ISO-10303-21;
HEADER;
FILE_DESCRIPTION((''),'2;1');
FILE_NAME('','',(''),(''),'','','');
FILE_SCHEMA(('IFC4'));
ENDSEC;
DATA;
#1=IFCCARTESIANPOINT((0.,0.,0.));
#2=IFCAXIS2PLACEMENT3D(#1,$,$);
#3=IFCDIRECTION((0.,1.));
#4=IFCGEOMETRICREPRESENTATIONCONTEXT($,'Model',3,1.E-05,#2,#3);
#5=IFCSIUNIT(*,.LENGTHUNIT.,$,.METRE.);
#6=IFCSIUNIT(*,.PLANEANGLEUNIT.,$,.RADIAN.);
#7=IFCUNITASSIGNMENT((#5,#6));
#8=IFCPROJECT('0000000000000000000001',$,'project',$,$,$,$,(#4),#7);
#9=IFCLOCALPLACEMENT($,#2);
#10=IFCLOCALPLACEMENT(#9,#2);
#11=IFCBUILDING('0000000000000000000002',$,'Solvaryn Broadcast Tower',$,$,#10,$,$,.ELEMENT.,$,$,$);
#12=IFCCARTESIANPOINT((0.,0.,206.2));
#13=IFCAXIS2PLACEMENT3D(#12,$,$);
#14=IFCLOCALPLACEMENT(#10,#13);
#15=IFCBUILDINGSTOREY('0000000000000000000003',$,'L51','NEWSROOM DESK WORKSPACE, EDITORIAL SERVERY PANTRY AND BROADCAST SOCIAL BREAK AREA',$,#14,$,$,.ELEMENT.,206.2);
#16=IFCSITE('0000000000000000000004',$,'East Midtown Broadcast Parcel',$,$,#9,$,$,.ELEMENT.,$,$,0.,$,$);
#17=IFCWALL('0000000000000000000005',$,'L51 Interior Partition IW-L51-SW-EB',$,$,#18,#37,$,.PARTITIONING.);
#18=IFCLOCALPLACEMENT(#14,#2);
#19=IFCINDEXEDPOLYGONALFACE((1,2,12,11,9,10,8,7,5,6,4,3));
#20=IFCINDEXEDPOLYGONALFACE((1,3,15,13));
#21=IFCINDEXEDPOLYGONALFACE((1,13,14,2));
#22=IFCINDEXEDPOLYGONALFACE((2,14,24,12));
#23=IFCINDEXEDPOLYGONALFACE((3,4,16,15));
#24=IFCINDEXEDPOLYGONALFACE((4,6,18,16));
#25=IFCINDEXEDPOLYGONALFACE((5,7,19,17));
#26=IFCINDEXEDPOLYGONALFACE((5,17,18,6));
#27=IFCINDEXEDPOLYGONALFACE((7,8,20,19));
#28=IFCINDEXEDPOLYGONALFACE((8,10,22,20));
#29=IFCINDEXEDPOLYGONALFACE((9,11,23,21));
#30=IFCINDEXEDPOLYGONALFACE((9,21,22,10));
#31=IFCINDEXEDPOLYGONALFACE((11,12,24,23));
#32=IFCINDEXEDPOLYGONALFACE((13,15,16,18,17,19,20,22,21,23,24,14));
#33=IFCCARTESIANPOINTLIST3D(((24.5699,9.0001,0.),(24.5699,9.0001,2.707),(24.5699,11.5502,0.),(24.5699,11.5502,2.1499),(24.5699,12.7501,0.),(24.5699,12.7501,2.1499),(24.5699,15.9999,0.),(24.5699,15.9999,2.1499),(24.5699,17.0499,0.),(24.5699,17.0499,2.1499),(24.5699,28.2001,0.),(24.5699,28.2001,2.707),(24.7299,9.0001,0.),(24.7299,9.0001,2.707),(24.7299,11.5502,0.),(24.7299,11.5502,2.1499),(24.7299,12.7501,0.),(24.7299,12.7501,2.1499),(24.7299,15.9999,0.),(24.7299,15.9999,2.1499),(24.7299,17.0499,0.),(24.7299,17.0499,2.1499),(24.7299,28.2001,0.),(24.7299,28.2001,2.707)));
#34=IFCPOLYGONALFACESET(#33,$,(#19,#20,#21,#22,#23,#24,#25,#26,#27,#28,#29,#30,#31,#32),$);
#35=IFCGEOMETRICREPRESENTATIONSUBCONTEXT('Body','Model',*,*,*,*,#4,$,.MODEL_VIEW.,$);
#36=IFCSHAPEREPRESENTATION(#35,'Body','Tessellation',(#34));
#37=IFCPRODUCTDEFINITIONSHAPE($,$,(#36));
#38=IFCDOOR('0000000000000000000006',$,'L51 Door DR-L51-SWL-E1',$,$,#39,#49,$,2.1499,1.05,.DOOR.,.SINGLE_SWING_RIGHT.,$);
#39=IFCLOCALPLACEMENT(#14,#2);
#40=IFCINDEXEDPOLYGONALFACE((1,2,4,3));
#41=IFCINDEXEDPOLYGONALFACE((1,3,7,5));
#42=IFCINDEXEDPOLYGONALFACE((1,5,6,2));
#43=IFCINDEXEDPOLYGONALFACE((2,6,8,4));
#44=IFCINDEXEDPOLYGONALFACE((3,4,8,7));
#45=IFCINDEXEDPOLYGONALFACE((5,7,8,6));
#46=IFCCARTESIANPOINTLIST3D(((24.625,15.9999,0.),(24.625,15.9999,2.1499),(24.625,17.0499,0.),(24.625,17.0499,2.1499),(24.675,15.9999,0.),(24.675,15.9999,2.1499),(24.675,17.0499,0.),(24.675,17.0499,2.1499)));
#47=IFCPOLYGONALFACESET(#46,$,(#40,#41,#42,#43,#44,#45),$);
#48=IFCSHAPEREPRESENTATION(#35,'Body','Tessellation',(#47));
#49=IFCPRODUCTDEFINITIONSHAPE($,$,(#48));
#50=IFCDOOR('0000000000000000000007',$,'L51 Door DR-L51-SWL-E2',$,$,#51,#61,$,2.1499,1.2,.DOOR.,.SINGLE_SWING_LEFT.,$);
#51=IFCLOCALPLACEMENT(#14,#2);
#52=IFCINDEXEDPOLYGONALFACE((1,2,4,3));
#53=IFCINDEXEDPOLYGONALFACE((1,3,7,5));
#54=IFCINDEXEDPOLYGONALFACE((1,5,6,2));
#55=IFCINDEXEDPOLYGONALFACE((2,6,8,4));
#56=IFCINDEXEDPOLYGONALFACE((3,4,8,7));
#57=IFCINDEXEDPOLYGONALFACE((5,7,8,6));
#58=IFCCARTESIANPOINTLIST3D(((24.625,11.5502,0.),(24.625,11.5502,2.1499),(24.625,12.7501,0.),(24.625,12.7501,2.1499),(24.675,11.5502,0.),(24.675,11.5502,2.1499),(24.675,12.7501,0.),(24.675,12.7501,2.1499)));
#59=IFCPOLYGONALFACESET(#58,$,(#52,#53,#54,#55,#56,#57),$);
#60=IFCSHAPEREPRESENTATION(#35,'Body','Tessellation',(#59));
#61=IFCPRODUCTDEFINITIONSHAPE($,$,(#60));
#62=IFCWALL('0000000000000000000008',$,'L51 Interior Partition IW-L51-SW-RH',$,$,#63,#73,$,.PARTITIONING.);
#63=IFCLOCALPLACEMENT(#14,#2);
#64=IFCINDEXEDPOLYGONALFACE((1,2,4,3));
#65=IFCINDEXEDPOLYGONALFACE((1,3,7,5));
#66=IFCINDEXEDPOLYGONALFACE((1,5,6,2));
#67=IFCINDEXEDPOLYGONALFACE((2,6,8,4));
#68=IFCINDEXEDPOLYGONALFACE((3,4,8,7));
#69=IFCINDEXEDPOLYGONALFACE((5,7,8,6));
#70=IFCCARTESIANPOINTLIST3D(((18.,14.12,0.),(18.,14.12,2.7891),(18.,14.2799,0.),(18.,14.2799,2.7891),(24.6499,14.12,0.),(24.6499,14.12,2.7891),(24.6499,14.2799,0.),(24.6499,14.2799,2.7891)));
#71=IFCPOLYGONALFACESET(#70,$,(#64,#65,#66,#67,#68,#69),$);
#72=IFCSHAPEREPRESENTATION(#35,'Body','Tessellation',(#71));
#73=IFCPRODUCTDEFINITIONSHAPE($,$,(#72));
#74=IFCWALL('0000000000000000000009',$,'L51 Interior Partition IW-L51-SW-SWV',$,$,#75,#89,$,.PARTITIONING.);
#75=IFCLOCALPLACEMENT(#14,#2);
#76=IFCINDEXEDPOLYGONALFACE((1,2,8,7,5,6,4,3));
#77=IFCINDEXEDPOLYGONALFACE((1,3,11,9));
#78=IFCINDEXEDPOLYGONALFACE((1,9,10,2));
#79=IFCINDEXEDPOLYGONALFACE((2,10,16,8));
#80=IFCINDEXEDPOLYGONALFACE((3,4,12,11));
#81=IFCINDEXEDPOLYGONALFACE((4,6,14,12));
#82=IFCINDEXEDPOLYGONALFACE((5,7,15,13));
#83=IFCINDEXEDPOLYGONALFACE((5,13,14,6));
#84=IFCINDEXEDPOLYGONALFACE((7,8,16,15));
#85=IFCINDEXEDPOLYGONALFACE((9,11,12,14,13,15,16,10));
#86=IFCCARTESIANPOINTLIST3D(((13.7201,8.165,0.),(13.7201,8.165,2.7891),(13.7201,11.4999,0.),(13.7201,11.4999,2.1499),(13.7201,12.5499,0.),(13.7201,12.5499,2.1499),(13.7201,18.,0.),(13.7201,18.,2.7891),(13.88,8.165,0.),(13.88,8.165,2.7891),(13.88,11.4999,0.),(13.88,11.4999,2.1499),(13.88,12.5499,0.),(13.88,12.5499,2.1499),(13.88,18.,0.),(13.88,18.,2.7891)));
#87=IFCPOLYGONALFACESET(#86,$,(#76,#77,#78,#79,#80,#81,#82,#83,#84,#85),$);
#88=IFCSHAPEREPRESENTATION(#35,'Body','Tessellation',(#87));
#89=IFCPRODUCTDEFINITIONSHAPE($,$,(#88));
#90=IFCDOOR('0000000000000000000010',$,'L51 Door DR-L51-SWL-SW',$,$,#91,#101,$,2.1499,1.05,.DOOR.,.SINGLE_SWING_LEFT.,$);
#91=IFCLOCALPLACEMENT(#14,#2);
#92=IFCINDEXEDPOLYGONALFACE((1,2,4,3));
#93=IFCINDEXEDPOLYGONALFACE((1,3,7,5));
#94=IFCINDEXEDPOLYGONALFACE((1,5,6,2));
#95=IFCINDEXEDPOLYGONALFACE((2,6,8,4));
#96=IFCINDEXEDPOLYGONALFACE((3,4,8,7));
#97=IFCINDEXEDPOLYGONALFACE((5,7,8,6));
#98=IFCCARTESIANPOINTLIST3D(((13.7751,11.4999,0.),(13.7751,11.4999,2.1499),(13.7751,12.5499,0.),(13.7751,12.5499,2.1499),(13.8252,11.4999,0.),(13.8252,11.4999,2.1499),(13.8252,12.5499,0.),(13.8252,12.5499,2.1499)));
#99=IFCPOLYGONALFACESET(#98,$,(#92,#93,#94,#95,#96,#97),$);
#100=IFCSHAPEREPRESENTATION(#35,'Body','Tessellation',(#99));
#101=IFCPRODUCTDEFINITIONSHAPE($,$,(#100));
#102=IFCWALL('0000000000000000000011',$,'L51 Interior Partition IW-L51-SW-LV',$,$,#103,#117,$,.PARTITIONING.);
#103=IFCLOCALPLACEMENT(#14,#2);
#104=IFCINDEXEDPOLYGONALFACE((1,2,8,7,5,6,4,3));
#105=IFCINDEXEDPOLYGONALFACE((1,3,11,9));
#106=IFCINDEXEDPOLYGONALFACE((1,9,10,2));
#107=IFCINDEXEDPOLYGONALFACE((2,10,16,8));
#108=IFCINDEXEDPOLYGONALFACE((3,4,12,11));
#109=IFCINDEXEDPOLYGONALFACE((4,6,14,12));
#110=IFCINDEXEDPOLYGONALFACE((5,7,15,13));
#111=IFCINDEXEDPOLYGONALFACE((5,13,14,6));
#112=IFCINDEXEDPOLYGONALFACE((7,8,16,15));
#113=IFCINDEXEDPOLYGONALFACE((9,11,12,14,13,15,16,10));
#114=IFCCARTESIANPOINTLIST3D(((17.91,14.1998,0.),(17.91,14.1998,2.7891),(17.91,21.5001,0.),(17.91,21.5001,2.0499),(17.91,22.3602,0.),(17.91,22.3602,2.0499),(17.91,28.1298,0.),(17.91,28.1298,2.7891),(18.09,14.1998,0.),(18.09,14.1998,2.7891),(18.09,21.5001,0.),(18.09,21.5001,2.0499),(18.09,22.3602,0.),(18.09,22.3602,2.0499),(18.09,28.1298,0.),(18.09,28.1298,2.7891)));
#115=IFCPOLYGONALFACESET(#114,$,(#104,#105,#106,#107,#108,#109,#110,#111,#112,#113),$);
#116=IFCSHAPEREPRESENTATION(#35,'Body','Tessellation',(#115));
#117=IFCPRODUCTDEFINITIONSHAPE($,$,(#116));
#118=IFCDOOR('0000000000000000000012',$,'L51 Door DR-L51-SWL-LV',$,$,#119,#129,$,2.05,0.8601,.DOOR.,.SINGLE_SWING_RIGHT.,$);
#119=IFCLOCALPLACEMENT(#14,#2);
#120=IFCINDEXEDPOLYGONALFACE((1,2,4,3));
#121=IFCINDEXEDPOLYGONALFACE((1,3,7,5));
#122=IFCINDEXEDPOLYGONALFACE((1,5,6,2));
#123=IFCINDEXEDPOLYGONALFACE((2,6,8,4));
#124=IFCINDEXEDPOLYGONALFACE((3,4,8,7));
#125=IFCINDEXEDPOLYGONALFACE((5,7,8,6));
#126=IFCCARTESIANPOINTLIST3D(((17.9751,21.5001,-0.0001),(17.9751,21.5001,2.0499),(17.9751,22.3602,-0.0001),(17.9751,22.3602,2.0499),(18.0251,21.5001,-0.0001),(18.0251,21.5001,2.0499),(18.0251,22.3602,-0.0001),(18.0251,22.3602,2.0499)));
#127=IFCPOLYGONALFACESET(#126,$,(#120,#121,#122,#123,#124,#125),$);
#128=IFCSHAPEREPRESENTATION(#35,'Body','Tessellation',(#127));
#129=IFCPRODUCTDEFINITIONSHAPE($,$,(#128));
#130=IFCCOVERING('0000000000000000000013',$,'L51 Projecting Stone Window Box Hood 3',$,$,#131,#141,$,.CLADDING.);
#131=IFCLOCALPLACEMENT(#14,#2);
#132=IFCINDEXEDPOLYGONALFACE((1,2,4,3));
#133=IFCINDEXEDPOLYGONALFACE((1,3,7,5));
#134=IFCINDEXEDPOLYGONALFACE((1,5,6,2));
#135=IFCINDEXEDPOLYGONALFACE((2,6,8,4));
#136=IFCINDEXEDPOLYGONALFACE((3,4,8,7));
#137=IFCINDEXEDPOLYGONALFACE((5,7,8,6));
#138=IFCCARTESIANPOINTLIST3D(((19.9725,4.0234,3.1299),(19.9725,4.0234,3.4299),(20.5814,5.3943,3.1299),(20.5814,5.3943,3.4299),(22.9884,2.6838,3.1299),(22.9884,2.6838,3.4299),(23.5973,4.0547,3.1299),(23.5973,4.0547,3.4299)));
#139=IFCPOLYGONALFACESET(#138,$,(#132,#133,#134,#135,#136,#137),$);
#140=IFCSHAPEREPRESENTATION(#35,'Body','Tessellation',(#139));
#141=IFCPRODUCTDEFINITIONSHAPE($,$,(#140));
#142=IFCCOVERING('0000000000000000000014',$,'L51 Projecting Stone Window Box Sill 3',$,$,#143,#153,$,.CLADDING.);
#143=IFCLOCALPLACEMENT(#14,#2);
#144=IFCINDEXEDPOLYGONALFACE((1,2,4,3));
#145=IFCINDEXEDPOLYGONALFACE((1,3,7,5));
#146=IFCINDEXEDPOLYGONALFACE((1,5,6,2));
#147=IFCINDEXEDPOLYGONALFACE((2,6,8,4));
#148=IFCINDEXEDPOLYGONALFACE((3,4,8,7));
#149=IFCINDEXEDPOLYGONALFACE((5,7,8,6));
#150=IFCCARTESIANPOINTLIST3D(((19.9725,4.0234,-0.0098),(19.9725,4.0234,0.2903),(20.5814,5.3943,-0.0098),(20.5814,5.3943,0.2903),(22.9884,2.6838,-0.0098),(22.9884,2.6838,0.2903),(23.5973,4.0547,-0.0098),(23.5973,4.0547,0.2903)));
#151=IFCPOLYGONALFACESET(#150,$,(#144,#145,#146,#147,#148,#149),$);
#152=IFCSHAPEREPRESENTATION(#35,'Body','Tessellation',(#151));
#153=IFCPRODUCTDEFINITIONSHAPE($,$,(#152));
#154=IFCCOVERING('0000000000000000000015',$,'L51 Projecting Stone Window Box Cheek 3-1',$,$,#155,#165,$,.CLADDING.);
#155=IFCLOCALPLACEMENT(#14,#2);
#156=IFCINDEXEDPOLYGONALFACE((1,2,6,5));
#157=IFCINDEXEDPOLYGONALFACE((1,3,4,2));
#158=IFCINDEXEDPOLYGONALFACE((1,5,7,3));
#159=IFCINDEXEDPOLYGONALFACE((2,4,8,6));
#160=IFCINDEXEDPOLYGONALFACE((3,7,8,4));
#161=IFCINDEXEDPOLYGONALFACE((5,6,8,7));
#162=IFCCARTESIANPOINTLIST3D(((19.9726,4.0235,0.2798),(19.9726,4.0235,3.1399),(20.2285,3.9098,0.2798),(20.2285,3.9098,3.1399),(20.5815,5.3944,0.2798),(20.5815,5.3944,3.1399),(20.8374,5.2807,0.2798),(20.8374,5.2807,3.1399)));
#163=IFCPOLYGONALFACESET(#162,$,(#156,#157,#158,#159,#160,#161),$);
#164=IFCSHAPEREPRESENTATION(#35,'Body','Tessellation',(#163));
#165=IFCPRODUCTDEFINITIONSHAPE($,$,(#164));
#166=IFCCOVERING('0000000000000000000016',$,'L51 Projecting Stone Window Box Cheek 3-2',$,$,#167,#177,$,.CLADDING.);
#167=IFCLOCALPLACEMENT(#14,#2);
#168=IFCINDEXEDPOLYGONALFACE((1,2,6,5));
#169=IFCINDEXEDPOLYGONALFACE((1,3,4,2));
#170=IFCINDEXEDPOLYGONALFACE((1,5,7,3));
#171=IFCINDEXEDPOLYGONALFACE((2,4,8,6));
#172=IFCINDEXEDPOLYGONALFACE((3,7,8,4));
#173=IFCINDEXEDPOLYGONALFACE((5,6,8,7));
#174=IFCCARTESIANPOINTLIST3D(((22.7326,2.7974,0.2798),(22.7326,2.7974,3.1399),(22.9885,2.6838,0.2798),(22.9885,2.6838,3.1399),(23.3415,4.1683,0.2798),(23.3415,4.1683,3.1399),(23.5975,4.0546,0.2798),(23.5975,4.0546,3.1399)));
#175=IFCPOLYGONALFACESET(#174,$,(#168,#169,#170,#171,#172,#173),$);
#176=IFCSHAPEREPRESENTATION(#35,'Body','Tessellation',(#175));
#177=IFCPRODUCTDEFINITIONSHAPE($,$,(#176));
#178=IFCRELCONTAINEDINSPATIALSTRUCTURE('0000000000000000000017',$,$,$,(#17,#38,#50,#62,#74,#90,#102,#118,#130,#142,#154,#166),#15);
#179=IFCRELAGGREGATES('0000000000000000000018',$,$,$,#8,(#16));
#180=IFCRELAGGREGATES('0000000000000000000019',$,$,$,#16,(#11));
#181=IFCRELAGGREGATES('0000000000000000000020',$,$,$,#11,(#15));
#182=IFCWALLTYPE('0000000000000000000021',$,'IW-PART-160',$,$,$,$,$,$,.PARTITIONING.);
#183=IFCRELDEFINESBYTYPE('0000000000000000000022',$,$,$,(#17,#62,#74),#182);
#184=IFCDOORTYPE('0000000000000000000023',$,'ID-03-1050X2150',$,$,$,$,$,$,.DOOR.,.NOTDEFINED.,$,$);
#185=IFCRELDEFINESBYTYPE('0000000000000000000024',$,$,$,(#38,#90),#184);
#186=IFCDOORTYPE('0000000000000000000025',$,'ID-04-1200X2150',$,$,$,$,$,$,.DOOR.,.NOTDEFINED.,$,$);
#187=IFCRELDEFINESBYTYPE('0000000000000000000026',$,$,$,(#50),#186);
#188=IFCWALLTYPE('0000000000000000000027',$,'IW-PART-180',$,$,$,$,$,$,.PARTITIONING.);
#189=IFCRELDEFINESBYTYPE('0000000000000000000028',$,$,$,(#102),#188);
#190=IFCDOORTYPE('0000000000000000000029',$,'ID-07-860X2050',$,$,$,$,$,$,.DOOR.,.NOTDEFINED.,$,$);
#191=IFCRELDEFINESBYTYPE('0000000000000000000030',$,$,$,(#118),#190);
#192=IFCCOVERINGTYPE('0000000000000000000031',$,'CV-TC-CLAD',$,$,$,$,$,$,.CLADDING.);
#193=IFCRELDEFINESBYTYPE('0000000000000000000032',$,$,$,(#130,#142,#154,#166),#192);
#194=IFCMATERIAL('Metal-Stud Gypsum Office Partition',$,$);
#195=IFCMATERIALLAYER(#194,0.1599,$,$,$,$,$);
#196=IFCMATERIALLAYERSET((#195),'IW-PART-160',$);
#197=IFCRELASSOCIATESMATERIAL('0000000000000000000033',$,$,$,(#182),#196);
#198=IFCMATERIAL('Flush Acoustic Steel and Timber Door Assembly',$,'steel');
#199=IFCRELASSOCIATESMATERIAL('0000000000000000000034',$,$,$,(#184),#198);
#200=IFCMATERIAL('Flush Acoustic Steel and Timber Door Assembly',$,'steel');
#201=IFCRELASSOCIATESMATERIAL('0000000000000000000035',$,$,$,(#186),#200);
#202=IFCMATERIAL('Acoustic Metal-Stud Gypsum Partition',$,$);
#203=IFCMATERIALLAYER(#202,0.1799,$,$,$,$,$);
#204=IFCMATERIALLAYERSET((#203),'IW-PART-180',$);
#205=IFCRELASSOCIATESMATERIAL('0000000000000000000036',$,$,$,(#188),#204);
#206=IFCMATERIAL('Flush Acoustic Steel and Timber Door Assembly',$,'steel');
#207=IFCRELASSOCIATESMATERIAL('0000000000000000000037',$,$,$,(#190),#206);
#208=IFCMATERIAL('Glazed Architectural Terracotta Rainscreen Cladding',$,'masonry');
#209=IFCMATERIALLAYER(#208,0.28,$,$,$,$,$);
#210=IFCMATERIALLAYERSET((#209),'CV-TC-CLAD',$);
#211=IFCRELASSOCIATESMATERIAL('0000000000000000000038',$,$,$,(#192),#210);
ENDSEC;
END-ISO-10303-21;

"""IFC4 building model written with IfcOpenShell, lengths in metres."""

from ifc_helpers import new_model, si_unit, direction, frame, frame_2d, origin, origin_2d, place, context, subcontext, project, spatial, rectangle, extrude, material, layer, layer_set, type_object, element, fill, save


model = new_model("IFC4")

# Units and contexts
model_context = context("Model", 3, precision=1e-05, world=origin(), true_north=direction((0.0, 1.0)))
body_context = subcontext(model_context, "Body", "Model", "MODEL_VIEW")
ifc_project = project(units=[si_unit("LENGTHUNIT", "METRE"), si_unit("PLANEANGLEUNIT", "RADIAN")], contexts=[model_context])

# Site, building, storey
site_placement = place(None, origin())
site = spatial("IfcSite", under=ifc_project, at=site_placement, Name="East Midtown Broadcast Parcel", CompositionType="ELEMENT", RefElevation=0.0)
building_placement = place(site_placement, origin())
building = spatial("IfcBuilding", under=site, at=building_placement, Name="Solvaryn Broadcast Tower", CompositionType="ELEMENT")
storey_placement = place(building_placement, frame((0.0, 0.0, 206.2)))
storey = spatial("IfcBuildingStorey", under=building, at=storey_placement, Name="L51", Description="NEWSROOM DESK WORKSPACE, EDITORIAL SERVERY PANTRY AND BROADCAST SOCIAL BREAK AREA", CompositionType="ELEMENT", Elevation=206.2)

# Wall, openings, doors
ifc_material_1 = material(Name="Metal-Stud Gypsum Office Partition")
ifc_layer_1 = layer(ifc_material_1, 0.1599)
ifc_layer_set_1 = layer_set([ifc_layer_1], Name="IW-PART-160")
wall_type_1 = type_object("IfcWallType", Name="IW-PART-160", PredefinedType="PARTITIONING", material=ifc_layer_set_1)
wall_1_placement = place(storey_placement, frame((24.6499, 9.0, 0.0), z_axis=(0.0, 0.0, 1.0), x_axis=(0.0, 1.0, 0.0)))
wall_1 = element("IfcWall", 1, at=wall_1_placement, inside=storey, type_object=wall_type_1, Name="L51 Interior Partition IW-L51-SW-EB", PredefinedType="PARTITIONING", context=body_context, shape_type="SweptSolid", body=[
    extrude(rectangle(XDim=19.2, YDim=0.1599, at=frame_2d((9.6001, 0.0))), origin(), (0.0, 0.0, 1.0), 2.707),
])
opening_1_placement = place(wall_1_placement, frame((7.0, 0.0, 0.0)))
opening_1 = element("IfcOpeningElement", 2, at=opening_1_placement, cuts=wall_1, PredefinedType="OPENING", context=body_context, shape_type="SweptSolid", body=[
    extrude(rectangle(XDim=1.05, YDim=2.1499, at=frame_2d((0.5249, 1.075))), frame((0.0, 0.0901, 0.0), z_axis=(0.0, -1.0, 0.0), x_axis=(1.0, 0.0, 0.0)), (0.0, 0.0, 1.0), 0.1799),
])
opening_2_placement = place(wall_1_placement, frame((2.55, 0.0, 0.0)))
opening_2 = element("IfcOpeningElement", 3, at=opening_2_placement, cuts=wall_1, PredefinedType="OPENING", context=body_context, shape_type="SweptSolid", body=[
    extrude(rectangle(XDim=1.2, YDim=2.1499, at=frame_2d((0.6001, 1.075))), frame((0.0, 0.0901, 0.0), z_axis=(0.0, -1.0, 0.0), x_axis=(1.0, 0.0, 0.0)), (0.0, 0.0, 1.0), 0.1799),
])
ifc_material_2 = material(Name="Flush Acoustic Steel and Timber Door Assembly", Category="steel")
door_type_1 = type_object("IfcDoorType", Name="ID-03-1050X2150", OperationType="NOTDEFINED", PredefinedType="DOOR", material=ifc_material_2)
door_1_placement = place(opening_1_placement, origin())
door_1 = element("IfcDoor", 4, at=door_1_placement, inside=storey, type_object=door_type_1, Name="L51 Door DR-L51-SWL-E1", OperationType="SINGLE_SWING_RIGHT", OverallHeight=2.1499, OverallWidth=1.05, PredefinedType="DOOR", context=body_context, shape_type="SweptSolid", body=[
    extrude(rectangle(XDim=1.05, YDim=2.1499, at=frame_2d((0.5249, 1.075))), frame((0.0, 0.0249, 0.0), z_axis=(0.0, -1.0, 0.0), x_axis=(1.0, 0.0, 0.0)), (0.0, 0.0, 1.0), 0.05),
])
fill(opening_1, door_1)
ifc_material_3 = material(Name="Flush Acoustic Steel and Timber Door Assembly", Category="steel")
door_type_2 = type_object("IfcDoorType", Name="ID-04-1200X2150", OperationType="NOTDEFINED", PredefinedType="DOOR", material=ifc_material_3)
door_2_placement = place(opening_2_placement, origin())
door_2 = element("IfcDoor", 5, at=door_2_placement, inside=storey, type_object=door_type_2, Name="L51 Door DR-L51-SWL-E2", OperationType="SINGLE_SWING_LEFT", OverallHeight=2.1499, OverallWidth=1.2, PredefinedType="DOOR", context=body_context, shape_type="SweptSolid", body=[
    extrude(rectangle(XDim=1.2, YDim=2.1499, at=frame_2d((0.6001, 1.075))), frame((0.0, 0.0249, 0.0), z_axis=(0.0, -1.0, 0.0), x_axis=(1.0, 0.0, 0.0)), (0.0, 0.0, 1.0), 0.05),
])
fill(opening_2, door_2)

# Wall
wall_2_placement = place(storey_placement, frame((18.0, 14.2, 0.0), z_axis=(0.0, 0.0, 1.0), x_axis=(1.0, 0.0, 0.0)))
element("IfcWall", 6, at=wall_2_placement, inside=storey, type_object=wall_type_1, Name="L51 Interior Partition IW-L51-SW-RH", PredefinedType="PARTITIONING", context=body_context, shape_type="SweptSolid", body=[
    extrude(rectangle(XDim=6.6499, YDim=0.1599, at=frame_2d((3.325, 0.0))), origin(), (0.0, 0.0, 1.0), 2.7891),
])

# Walls, openings, doors
wall_3_placement = place(storey_placement, frame((13.8, 8.165, 0.0), z_axis=(0.0, 0.0, 1.0), x_axis=(0.0, 1.0, 0.0)))
wall_3 = element("IfcWall", 7, at=wall_3_placement, inside=storey, type_object=wall_type_1, Name="L51 Interior Partition IW-L51-SW-SWV", PredefinedType="PARTITIONING", context=body_context, shape_type="SweptSolid", body=[
    extrude(rectangle(XDim=9.835, YDim=0.1599, at=frame_2d((4.9175, 0.0))), origin(), (0.0, 0.0, 1.0), 2.7891),
])
opening_3_placement = place(wall_3_placement, frame((3.335, 0.0, 0.0)))
opening_3 = element("IfcOpeningElement", 8, at=opening_3_placement, cuts=wall_3, PredefinedType="OPENING", context=body_context, shape_type="SweptSolid", body=[
    extrude(rectangle(XDim=1.05, YDim=2.1499, at=frame_2d((0.5249, 1.075))), frame((0.0, 0.0901, 0.0), z_axis=(0.0, -1.0, 0.0), x_axis=(1.0, 0.0, 0.0)), (0.0, 0.0, 1.0), 0.1799),
])
door_3_placement = place(opening_3_placement, origin())
door_3 = element("IfcDoor", 9, at=door_3_placement, inside=storey, type_object=door_type_1, Name="L51 Door DR-L51-SWL-SW", OperationType="SINGLE_SWING_LEFT", OverallHeight=2.1499, OverallWidth=1.05, PredefinedType="DOOR", context=body_context, shape_type="SweptSolid", body=[
    extrude(rectangle(XDim=1.05, YDim=2.1499, at=frame_2d((0.5249, 1.075))), frame((0.0, 0.0249, 0.0), z_axis=(0.0, -1.0, 0.0), x_axis=(1.0, 0.0, 0.0)), (0.0, 0.0, 1.0), 0.05),
])
fill(opening_3, door_3)
ifc_material_4 = material(Name="Acoustic Metal-Stud Gypsum Partition")
ifc_layer_2 = layer(ifc_material_4, 0.1799)
ifc_layer_set_2 = layer_set([ifc_layer_2], Name="IW-PART-180")
wall_type_2 = type_object("IfcWallType", Name="IW-PART-180", PredefinedType="PARTITIONING", material=ifc_layer_set_2)
wall_4_placement = place(storey_placement, frame((18.0, 14.2, 0.0), z_axis=(0.0, 0.0, 1.0), x_axis=(0.0, 1.0, 0.0)))
wall_4 = element("IfcWall", 10, at=wall_4_placement, inside=storey, type_object=wall_type_2, Name="L51 Interior Partition IW-L51-SW-LV", PredefinedType="PARTITIONING", context=body_context, shape_type="SweptSolid", body=[
    extrude(rectangle(XDim=13.9299, YDim=0.1799, at=frame_2d((6.9648, 0.0))), origin(), (0.0, 0.0, 1.0), 2.7891),
])
opening_4_placement = place(wall_4_placement, frame((7.3, 0.0, 0.0)))
opening_4 = element("IfcOpeningElement", 11, at=opening_4_placement, cuts=wall_4, PredefinedType="OPENING", context=body_context, shape_type="SweptSolid", body=[
    extrude(rectangle(XDim=0.8601, YDim=2.05, at=frame_2d((0.4302, 1.0249))), frame((0.0, 0.0999, 0.0), z_axis=(0.0, -1.0, 0.0), x_axis=(1.0, 0.0, 0.0)), (0.0, 0.0, 1.0), 0.2),
])
ifc_material_5 = material(Name="Flush Acoustic Steel and Timber Door Assembly", Category="steel")
door_type_3 = type_object("IfcDoorType", Name="ID-07-860X2050", OperationType="NOTDEFINED", PredefinedType="DOOR", material=ifc_material_5)
door_4_placement = place(opening_4_placement, origin())
door_4 = element("IfcDoor", 12, at=door_4_placement, inside=storey, type_object=door_type_3, Name="L51 Door DR-L51-SWL-LV", OperationType="SINGLE_SWING_RIGHT", OverallHeight=2.05, OverallWidth=0.8601, PredefinedType="DOOR", context=body_context, shape_type="SweptSolid", body=[
    extrude(rectangle(XDim=0.8601, YDim=2.05, at=frame_2d((0.4302, 1.0249))), frame((0.0, 0.0249, 0.0), z_axis=(0.0, -1.0, 0.0), x_axis=(1.0, 0.0, 0.0)), (0.0, 0.0, 1.0), 0.05),
])
fill(opening_4, door_4)

# Coverings
ifc_material_6 = material(Name="Glazed Architectural Terracotta Rainscreen Cladding", Category="masonry")
ifc_layer_3 = layer(ifc_material_6, 0.28)
ifc_layer_set_3 = layer_set([ifc_layer_3], Name="CV-TC-CLAD")
covering_type = type_object("IfcCoveringType", Name="CV-TC-CLAD", PredefinedType="CLADDING", material=ifc_layer_set_3)
for number, where, z_axis, x_axis, name in (
    (13, (21.7849, 4.0391, 3.1299), (0.0, 0.0, 1.0), (0.9139, -0.405939, 0.0), "L51 Projecting Stone Window Box Hood 3"),
    (14, (21.7849, 4.0391, -0.0098), (0.0, 0.0, 1.0), (0.9139, -0.405939, 0.0), "L51 Projecting Stone Window Box Sill 3"),
):
    element("IfcCovering", number, at=place(storey_placement, frame(where, z_axis=z_axis, x_axis=x_axis)), inside=storey, type_object=covering_type, Name=name, PredefinedType="CLADDING", context=body_context, shape_type="SweptSolid", body=[
        extrude(rectangle(XDim=3.3, YDim=1.5, at=origin_2d()), origin(), (0.0, 0.0, 1.0), 0.3),
    ])
for number, where, z_axis, x_axis, name in (
    (15, (20.405, 4.6521, 0.2798), (0.0, 0.0, 1.0), (0.9139, -0.405939, 0.0), "L51 Projecting Stone Window Box Cheek 3-1"),
    (16, (23.165, 3.426, 0.2798), (0.0, 0.0, 1.0), (0.9139, -0.405939, 0.0), "L51 Projecting Stone Window Box Cheek 3-2"),
):
    element("IfcCovering", number, at=place(storey_placement, frame(where, z_axis=z_axis, x_axis=x_axis)), inside=storey, type_object=covering_type, Name=name, PredefinedType="CLADDING", context=body_context, shape_type="SweptSolid", body=[
        extrude(rectangle(XDim=0.28, YDim=1.5, at=origin_2d()), origin(), (0.0, 0.0, 1.0), 2.8601),
    ])

save(model, "model.ifc")
